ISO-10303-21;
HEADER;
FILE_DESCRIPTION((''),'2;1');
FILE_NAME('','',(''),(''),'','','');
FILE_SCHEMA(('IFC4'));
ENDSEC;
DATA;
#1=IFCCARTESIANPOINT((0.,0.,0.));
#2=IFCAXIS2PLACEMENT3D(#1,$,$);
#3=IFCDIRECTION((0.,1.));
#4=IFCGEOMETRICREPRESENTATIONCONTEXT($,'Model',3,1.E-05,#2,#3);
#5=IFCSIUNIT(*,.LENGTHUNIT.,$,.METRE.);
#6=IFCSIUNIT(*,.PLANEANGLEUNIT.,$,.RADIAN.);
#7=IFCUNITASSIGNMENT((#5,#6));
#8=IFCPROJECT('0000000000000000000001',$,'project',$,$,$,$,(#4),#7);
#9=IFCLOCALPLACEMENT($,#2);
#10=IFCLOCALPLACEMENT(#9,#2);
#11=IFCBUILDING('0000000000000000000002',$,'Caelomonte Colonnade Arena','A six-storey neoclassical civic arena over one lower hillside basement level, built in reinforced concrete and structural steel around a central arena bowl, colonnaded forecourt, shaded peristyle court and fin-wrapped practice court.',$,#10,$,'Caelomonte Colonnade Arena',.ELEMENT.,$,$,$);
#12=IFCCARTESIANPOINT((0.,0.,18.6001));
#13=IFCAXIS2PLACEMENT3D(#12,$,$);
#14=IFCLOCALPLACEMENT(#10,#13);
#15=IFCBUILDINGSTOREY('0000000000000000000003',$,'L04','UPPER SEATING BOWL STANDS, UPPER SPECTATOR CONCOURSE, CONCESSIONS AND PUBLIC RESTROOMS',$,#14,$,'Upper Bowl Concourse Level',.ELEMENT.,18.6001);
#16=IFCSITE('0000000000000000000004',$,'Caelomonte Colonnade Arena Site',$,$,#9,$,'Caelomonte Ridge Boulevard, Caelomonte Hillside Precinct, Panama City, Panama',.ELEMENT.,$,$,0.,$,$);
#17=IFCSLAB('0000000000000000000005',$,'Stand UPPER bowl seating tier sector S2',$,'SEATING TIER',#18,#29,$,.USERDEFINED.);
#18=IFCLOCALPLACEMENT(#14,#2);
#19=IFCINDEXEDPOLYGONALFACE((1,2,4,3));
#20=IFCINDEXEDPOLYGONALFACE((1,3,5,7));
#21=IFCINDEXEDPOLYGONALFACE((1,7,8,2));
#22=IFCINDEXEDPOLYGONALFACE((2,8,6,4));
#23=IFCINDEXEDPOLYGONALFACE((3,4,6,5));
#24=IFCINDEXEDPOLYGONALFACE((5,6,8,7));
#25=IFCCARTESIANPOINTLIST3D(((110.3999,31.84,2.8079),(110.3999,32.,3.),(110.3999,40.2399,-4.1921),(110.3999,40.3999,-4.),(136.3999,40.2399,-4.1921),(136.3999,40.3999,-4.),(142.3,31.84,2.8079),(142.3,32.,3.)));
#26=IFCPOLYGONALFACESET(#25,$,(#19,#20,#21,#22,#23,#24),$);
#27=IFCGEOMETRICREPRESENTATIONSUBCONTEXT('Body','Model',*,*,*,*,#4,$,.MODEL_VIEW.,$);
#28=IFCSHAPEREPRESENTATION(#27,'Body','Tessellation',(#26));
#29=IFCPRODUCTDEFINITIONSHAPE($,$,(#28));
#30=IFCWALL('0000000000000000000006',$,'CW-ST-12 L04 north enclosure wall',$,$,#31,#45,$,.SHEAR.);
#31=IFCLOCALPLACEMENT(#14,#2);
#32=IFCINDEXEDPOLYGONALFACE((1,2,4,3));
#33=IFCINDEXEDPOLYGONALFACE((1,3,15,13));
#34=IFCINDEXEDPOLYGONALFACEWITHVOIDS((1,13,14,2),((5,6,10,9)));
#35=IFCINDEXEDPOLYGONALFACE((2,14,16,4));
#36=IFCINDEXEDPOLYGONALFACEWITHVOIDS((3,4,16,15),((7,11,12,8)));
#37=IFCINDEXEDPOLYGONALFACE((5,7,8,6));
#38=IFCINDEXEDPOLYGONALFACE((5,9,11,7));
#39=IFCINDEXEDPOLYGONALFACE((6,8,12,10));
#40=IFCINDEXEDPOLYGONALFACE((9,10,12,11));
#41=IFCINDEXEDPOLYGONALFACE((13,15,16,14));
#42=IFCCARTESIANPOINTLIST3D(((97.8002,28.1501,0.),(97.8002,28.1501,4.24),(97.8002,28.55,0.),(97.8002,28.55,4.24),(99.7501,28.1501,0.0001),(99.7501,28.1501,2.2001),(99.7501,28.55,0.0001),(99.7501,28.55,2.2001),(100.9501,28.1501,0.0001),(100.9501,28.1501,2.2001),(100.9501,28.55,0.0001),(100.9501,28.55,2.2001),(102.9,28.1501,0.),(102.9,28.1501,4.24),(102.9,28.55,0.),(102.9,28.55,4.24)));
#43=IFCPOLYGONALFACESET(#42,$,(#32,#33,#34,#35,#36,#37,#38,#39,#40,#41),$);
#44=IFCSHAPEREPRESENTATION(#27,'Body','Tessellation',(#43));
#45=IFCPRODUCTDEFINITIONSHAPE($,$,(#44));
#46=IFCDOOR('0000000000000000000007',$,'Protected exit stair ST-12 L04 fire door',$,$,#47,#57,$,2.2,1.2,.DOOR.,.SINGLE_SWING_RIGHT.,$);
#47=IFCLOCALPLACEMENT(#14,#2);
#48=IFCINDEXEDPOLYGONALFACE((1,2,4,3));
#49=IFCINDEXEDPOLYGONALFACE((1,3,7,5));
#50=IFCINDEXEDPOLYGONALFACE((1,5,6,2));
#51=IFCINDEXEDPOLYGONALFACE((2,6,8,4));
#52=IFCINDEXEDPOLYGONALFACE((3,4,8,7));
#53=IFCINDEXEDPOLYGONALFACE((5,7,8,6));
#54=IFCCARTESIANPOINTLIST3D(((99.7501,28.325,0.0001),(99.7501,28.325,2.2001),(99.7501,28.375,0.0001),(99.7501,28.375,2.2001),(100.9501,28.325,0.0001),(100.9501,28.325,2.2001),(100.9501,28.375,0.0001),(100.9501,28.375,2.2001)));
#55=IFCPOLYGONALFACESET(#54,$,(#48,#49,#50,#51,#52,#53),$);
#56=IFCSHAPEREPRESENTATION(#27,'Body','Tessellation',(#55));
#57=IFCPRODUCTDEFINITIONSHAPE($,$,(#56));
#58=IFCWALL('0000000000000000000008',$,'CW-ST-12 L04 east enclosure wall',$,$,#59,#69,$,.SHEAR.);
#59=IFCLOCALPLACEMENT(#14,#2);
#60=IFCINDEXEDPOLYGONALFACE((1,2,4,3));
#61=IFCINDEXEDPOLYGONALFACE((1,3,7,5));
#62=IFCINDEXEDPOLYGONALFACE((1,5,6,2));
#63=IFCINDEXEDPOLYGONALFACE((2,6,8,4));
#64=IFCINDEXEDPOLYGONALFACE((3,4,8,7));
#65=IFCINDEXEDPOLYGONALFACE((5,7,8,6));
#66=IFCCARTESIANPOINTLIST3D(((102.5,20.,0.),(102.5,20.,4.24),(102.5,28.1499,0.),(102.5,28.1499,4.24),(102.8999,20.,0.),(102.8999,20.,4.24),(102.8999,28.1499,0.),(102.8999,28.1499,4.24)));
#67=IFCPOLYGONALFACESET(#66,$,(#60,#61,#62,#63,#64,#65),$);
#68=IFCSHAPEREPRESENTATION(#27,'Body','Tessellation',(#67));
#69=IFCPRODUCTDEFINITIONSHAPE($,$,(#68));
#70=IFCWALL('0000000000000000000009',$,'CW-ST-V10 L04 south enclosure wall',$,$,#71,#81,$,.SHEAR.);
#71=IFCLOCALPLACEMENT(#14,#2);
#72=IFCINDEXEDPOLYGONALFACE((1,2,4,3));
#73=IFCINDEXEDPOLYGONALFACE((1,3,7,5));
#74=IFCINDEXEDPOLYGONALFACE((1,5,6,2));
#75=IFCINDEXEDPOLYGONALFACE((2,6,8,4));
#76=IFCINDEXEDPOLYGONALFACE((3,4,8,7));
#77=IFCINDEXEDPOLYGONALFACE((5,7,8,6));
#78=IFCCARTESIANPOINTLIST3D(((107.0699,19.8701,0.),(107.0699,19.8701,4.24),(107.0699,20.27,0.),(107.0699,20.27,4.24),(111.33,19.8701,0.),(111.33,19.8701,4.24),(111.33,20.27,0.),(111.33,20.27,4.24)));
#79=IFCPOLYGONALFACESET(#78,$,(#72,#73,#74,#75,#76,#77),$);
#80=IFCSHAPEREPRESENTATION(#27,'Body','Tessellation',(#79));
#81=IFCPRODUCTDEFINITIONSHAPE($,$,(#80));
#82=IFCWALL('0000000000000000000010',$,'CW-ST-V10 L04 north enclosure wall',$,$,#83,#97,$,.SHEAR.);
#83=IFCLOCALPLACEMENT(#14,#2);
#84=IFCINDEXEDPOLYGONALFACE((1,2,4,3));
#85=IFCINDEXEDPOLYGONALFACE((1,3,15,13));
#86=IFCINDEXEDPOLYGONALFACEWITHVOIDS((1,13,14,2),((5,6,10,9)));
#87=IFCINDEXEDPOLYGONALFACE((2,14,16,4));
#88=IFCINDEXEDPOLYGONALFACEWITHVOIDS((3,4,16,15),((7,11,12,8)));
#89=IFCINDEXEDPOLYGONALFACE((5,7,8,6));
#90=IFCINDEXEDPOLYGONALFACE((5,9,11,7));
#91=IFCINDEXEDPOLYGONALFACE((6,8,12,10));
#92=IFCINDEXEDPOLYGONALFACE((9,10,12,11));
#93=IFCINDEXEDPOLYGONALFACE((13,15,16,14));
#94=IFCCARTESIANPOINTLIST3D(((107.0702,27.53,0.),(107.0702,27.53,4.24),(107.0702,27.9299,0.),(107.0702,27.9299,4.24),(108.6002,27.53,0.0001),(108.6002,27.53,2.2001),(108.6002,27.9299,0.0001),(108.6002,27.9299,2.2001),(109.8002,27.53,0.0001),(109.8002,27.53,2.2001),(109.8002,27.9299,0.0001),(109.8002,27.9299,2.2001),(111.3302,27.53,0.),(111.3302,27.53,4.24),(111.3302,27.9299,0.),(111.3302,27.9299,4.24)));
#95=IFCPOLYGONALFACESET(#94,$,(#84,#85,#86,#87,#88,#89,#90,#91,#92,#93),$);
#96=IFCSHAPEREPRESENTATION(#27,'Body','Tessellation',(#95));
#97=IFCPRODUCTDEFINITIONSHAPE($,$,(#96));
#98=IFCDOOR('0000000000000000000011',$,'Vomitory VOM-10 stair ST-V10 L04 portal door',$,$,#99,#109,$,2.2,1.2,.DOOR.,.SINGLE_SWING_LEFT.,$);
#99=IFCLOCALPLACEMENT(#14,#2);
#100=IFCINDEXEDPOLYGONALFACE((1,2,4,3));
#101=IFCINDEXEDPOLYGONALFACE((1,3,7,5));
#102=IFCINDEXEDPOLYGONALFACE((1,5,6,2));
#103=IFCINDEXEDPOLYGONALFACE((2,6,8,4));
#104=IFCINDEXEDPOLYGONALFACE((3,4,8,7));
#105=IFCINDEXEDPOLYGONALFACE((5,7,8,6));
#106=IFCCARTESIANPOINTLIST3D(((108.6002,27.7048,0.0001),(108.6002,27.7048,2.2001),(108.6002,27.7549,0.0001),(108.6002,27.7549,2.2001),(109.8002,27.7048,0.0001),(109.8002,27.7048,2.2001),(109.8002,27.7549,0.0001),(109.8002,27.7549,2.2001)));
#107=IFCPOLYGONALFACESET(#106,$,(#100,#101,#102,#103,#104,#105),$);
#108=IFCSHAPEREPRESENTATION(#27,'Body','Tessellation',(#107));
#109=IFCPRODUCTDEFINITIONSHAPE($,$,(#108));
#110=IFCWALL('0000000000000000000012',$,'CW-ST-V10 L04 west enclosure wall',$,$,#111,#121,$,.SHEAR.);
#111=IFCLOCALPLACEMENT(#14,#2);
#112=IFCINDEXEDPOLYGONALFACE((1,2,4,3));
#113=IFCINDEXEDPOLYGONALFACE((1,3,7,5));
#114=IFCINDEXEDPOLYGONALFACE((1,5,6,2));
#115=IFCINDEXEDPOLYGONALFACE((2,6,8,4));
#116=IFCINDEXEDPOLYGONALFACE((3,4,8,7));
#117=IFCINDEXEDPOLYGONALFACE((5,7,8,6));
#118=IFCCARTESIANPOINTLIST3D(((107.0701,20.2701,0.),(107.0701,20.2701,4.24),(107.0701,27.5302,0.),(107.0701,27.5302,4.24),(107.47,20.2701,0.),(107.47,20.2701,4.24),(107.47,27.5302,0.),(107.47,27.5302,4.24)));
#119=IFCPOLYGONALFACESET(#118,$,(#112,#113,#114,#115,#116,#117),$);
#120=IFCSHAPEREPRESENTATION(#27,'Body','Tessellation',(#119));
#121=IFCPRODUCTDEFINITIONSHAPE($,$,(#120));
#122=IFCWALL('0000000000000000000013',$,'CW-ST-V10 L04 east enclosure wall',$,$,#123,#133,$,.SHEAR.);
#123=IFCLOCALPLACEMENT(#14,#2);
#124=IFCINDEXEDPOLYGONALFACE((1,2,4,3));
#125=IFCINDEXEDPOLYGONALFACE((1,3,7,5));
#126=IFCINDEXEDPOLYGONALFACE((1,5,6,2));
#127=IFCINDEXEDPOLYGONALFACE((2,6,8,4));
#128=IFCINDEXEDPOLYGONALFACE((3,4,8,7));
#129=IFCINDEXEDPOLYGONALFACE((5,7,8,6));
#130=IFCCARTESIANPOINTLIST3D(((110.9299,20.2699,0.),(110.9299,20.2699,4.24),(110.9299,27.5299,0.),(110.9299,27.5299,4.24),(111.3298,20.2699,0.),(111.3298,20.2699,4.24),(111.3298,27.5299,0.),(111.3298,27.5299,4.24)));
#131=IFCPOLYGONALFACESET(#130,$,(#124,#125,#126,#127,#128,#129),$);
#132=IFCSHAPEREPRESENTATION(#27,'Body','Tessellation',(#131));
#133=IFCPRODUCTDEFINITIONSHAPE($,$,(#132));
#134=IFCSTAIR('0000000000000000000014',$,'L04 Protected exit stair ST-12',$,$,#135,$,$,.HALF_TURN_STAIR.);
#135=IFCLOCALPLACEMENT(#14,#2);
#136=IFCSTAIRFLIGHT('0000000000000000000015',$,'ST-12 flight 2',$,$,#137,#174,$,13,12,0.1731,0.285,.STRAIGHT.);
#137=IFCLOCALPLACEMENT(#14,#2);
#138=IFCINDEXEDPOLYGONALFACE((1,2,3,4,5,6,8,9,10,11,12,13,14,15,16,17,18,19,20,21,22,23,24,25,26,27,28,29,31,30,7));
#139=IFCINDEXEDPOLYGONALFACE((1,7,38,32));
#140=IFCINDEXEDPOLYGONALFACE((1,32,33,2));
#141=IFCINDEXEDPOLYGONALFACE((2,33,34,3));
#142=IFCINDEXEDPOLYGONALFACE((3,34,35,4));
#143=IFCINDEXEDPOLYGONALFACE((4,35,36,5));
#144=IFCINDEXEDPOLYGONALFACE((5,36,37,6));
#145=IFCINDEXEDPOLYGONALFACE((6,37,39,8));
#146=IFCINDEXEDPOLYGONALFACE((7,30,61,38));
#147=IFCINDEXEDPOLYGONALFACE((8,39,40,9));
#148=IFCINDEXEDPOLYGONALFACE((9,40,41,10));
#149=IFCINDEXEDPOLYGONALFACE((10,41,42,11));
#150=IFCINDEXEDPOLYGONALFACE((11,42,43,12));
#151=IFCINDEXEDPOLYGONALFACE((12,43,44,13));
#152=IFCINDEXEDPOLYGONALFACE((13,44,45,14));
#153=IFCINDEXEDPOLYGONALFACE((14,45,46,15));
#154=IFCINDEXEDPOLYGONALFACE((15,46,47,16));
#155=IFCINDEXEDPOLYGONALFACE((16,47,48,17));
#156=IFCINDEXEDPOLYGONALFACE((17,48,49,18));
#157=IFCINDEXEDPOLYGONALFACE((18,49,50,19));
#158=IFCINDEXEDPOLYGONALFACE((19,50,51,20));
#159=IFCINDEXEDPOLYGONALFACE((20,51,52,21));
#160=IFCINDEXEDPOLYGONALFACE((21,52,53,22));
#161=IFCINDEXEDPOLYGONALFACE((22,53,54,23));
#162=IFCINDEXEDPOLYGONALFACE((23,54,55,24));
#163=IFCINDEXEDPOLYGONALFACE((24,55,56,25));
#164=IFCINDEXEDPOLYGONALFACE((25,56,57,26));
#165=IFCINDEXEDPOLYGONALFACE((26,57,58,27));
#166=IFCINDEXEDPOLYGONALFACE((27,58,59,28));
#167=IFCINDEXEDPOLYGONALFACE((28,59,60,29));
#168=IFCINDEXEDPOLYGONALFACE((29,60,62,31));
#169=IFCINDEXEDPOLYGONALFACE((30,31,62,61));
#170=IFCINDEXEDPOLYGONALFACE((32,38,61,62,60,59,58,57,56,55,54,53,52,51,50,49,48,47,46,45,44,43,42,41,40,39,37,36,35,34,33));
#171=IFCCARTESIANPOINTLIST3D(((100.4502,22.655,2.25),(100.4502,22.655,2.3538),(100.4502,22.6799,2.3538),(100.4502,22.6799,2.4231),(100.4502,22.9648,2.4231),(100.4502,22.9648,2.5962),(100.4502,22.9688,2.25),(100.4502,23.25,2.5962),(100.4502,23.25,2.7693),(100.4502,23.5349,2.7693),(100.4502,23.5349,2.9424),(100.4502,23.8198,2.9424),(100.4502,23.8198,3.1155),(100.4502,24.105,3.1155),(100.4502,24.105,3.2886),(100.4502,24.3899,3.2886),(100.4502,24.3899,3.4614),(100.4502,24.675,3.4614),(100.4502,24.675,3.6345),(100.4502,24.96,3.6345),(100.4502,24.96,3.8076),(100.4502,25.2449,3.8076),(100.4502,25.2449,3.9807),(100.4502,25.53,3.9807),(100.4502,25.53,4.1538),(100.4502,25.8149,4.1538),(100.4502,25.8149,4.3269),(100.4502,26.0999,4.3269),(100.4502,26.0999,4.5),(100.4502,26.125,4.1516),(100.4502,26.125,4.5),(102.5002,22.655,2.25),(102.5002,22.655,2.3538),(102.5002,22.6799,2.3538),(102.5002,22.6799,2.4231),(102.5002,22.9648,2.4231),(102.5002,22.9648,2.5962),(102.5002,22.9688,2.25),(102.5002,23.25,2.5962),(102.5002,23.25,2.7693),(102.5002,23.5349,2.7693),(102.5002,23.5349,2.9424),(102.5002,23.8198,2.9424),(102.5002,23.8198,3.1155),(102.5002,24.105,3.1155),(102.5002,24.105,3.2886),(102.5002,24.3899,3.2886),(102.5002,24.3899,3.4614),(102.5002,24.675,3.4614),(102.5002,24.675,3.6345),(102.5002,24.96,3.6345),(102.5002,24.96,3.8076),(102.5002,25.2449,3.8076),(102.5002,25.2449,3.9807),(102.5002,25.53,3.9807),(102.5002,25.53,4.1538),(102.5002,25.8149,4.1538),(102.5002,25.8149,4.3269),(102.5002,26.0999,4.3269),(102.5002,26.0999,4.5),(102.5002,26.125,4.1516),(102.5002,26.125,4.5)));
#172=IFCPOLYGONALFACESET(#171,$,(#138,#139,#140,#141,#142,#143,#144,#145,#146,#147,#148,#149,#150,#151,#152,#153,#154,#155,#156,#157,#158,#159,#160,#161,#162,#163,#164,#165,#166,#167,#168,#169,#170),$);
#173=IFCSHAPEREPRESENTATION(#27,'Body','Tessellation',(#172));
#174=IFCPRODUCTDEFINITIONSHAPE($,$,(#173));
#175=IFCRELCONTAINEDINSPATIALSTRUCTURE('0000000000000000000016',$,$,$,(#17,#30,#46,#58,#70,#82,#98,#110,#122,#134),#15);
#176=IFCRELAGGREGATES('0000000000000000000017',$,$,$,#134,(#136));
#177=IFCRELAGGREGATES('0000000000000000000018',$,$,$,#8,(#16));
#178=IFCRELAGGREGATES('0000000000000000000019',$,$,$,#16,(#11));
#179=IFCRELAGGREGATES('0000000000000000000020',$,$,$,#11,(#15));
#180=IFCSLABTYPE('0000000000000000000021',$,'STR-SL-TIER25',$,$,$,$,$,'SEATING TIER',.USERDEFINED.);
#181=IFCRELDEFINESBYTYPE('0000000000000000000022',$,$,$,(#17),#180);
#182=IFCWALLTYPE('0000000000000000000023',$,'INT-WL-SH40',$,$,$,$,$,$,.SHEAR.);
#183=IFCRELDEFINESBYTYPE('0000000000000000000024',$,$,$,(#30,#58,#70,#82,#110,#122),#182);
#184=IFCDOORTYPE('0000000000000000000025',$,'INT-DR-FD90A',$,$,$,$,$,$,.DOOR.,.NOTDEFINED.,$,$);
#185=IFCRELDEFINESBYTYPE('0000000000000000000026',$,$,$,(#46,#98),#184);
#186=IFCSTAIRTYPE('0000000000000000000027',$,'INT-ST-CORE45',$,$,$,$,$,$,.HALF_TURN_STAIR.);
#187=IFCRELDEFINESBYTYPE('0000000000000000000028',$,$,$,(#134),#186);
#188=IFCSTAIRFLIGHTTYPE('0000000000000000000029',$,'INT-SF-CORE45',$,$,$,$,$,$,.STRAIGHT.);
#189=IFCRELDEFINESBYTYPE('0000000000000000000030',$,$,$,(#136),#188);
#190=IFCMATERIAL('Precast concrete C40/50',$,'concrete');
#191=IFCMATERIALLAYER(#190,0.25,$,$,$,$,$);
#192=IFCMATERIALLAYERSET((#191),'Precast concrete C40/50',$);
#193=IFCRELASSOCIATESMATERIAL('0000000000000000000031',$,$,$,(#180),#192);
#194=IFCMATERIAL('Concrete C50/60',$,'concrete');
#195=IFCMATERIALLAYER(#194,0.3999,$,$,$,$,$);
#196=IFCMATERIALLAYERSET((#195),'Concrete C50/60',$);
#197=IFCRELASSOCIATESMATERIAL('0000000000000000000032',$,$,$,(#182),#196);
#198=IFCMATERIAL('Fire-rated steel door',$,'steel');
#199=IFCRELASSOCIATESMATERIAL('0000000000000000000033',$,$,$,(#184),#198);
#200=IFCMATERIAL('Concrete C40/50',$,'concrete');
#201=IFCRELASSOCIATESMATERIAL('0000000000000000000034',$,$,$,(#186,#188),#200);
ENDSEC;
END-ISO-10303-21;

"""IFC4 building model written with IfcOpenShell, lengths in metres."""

from ifc_helpers import new_model, si_unit, direction, frame, frame_2d, origin, place, context, subcontext, project, spatial, polyline, rectangle, outline, extrude, material, layer, layer_set, type_object, element, fill, aggregate, save


model = new_model("IFC4")

# Units and contexts
model_context = context("Model", 3, precision=1e-05, world=origin(), true_north=direction((0.0, 1.0)))
body_context = subcontext(model_context, "Body", "Model", "MODEL_VIEW")
ifc_project = project(units=[si_unit("LENGTHUNIT", "METRE"), si_unit("PLANEANGLEUNIT", "RADIAN")], contexts=[model_context])

# Site, building, storey
site_placement = place(None, origin())
site = spatial("IfcSite", under=ifc_project, at=site_placement, Name="Caelomonte Colonnade Arena Site", LongName="Caelomonte Ridge Boulevard, Caelomonte Hillside Precinct, Panama City, Panama", CompositionType="ELEMENT", RefElevation=0.0)
building_placement = place(site_placement, origin())
building = spatial("IfcBuilding", under=site, at=building_placement, Name="Caelomonte Colonnade Arena", Description="A six-storey neoclassical civic arena over one lower hillside basement level, built in reinforced concrete and structural steel around a central arena bowl, colonnaded forecourt, shaded peristyle court and fin-wrapped practice court.", LongName="Caelomonte Colonnade Arena", CompositionType="ELEMENT")
storey_placement = place(building_placement, frame((0.0, 0.0, 18.6001)))
storey = spatial("IfcBuildingStorey", under=building, at=storey_placement, Name="L04", Description="UPPER SEATING BOWL STANDS, UPPER SPECTATOR CONCOURSE, CONCESSIONS AND PUBLIC RESTROOMS", LongName="Upper Bowl Concourse Level", CompositionType="ELEMENT", Elevation=18.6001)

# Shared definitions
ifc_material_1 = material(Name="Concrete C40/50", Category="concrete")

# Slab
ifc_material_2 = material(Name="Precast concrete C40/50", Category="concrete")
ifc_layer_1 = layer(ifc_material_2, 0.25)
ifc_layer_set_1 = layer_set([ifc_layer_1], Name="Precast concrete C40/50")
slab_type = type_object("IfcSlabType", Name="STR-SL-TIER25", ElementType="SEATING TIER", PredefinedType="USERDEFINED", material=ifc_layer_set_1)
slab_placement = place(storey_placement, frame((110.3999, 40.3999, -4.0), z_axis=(0.0, 0.640189, 0.768218), x_axis=(1.0, 0.0, 0.0)))
element("IfcSlab", 1, at=slab_placement, inside=storey, type_object=slab_type, Name="Stand UPPER bowl seating tier sector S2", ObjectType="SEATING TIER", PredefinedType="USERDEFINED", context=body_context, shape_type="SweptSolid", body=[
    extrude(outline(polyline([(0.0, 0.0), (26.0, 0.0), (31.9001, -10.9343), (0.0, -10.9343), (0.0, 0.0)])), origin(), (0.0, 0.0, -1.0), 0.25),
])

# Wall, opening, door
ifc_material_3 = material(Name="Concrete C50/60", Category="concrete")
ifc_layer_2 = layer(ifc_material_3, 0.3999)
ifc_layer_set_2 = layer_set([ifc_layer_2], Name="Concrete C50/60")
wall_type = type_object("IfcWallType", Name="INT-WL-SH40", PredefinedType="SHEAR", material=ifc_layer_set_2)
wall_1_placement = place(storey_placement, frame((102.8999, 28.3501, 0.0), z_axis=(0.0, 0.0, 1.0), x_axis=(-1.0, 0.0, 0.0)))
wall_1 = element("IfcWall", 2, at=wall_1_placement, inside=storey, type_object=wall_type, Name="CW-ST-12 L04 north enclosure wall", PredefinedType="SHEAR", context=body_context, shape_type="SweptSolid", body=[
    extrude(rectangle(XDim=5.0999, YDim=0.3999, at=frame_2d((2.5498, 0.0))), origin(), (0.0, 0.0, 1.0), 4.24),
])
opening_1_placement = place(wall_1_placement, frame((3.1499, 0.0, 0.0), z_axis=(0.0, 0.0, 1.0), x_axis=(-1.0, 0.0, 0.0)))
opening_1 = element("IfcOpeningElement", 3, at=opening_1_placement, cuts=wall_1, PredefinedType="OPENING", context=body_context, shape_type="SweptSolid", body=[
    extrude(rectangle(XDim=1.2, YDim=2.2, at=frame_2d((0.6001, 1.1001))), frame((0.0, 0.21, 0.0), z_axis=(0.0, -1.0, 0.0), x_axis=(1.0, 0.0, 0.0)), (0.0, 0.0, 1.0), 0.4199),
])
ifc_material_4 = material(Name="Fire-rated steel door", Category="steel")
door_type = type_object("IfcDoorType", Name="INT-DR-FD90A", OperationType="NOTDEFINED", PredefinedType="DOOR", material=ifc_material_4)
door_1_placement = place(opening_1_placement, origin())
door_1 = element("IfcDoor", 4, at=door_1_placement, inside=storey, type_object=door_type, Name="Protected exit stair ST-12 L04 fire door", OperationType="SINGLE_SWING_RIGHT", OverallHeight=2.2, OverallWidth=1.2, PredefinedType="DOOR", context=body_context, shape_type="SweptSolid", body=[
    extrude(rectangle(XDim=1.2, YDim=2.2, at=frame_2d((0.6001, 1.1001))), frame((0.0, 0.0249, 0.0), z_axis=(0.0, -1.0, 0.0), x_axis=(1.0, 0.0, 0.0)), (0.0, 0.0, 1.0), 0.05),
])
fill(opening_1, door_1)

# Walls
wall_2_placement = place(storey_placement, frame((102.7, 20.0, 0.0), z_axis=(0.0, 0.0, 1.0), x_axis=(0.0, 1.0, 0.0)))
element("IfcWall", 5, at=wall_2_placement, inside=storey, type_object=wall_type, Name="CW-ST-12 L04 east enclosure wall", PredefinedType="SHEAR", context=body_context, shape_type="SweptSolid", body=[
    extrude(rectangle(XDim=8.1499, YDim=0.3999, at=frame_2d((4.075, 0.0))), origin(), (0.0, 0.0, 1.0), 4.24),
])
wall_3_placement = place(storey_placement, frame((107.0701, 20.0701, 0.0), z_axis=(0.0, 0.0, 1.0), x_axis=(1.0, 0.0, 0.0)))
element("IfcWall", 6, at=wall_3_placement, inside=storey, type_object=wall_type, Name="CW-ST-V10 L04 south enclosure wall", PredefinedType="SHEAR", context=body_context, shape_type="SweptSolid", body=[
    extrude(rectangle(XDim=4.26, YDim=0.3999, at=frame_2d((2.1299, 0.0))), origin(), (0.0, 0.0, 1.0), 4.24),
])

# Wall, opening, door
wall_4_placement = place(storey_placement, frame((111.3301, 27.73, 0.0), z_axis=(0.0, 0.0, 1.0), x_axis=(-1.0, 0.0, 0.0)))
wall_4 = element("IfcWall", 7, at=wall_4_placement, inside=storey, type_object=wall_type, Name="CW-ST-V10 L04 north enclosure wall", PredefinedType="SHEAR", context=body_context, shape_type="SweptSolid", body=[
    extrude(rectangle(XDim=4.26, YDim=0.3999, at=frame_2d((2.1299, 0.0))), origin(), (0.0, 0.0, 1.0), 4.24),
])
opening_2_placement = place(wall_4_placement, frame((2.73, 0.0, 0.0), z_axis=(0.0, 0.0, 1.0), x_axis=(-1.0, 0.0, 0.0)))
opening_2 = element("IfcOpeningElement", 8, at=opening_2_placement, cuts=wall_4, PredefinedType="OPENING", context=body_context, shape_type="SweptSolid", body=[
    extrude(rectangle(XDim=1.2, YDim=2.2, at=frame_2d((0.6001, 1.1001))), frame((0.0, 0.21, 0.0), z_axis=(0.0, -1.0, 0.0), x_axis=(1.0, 0.0, 0.0)), (0.0, 0.0, 1.0), 0.4199),
])
door_2_placement = place(opening_2_placement, origin())
door_2 = element("IfcDoor", 9, at=door_2_placement, inside=storey, type_object=door_type, Name="Vomitory VOM-10 stair ST-V10 L04 portal door", OperationType="SINGLE_SWING_LEFT", OverallHeight=2.2, OverallWidth=1.2, PredefinedType="DOOR", context=body_context, shape_type="SweptSolid", body=[
    extrude(rectangle(XDim=1.2, YDim=2.2, at=frame_2d((0.6001, 1.1001))), frame((0.0, 0.0249, 0.0), z_axis=(0.0, -1.0, 0.0), x_axis=(1.0, 0.0, 0.0)), (0.0, 0.0, 1.0), 0.05),
])
fill(opening_2, door_2)

# Walls
for number, where, z_axis, x_axis, name in (
    (10, (107.27, 27.53, 0.0), (0.0, 0.0, 1.0), (0.0, -1.0, 0.0), "CW-ST-V10 L04 west enclosure wall"),
    (11, (111.1299, 20.27, 0.0), (0.0, 0.0, 1.0), (0.0, 1.0, 0.0), "CW-ST-V10 L04 east enclosure wall"),
):
    element("IfcWall", number, at=place(storey_placement, frame(where, z_axis=z_axis, x_axis=x_axis)), inside=storey, type_object=wall_type, Name=name, PredefinedType="SHEAR", context=body_context, shape_type="SweptSolid", body=[
        extrude(rectangle(XDim=7.26, YDim=0.3999, at=frame_2d((3.6299, 0.0))), origin(), (0.0, 0.0, 1.0), 4.24),
    ])

# Stair, stair flight
stair_type = type_object("IfcStairType", Name="INT-ST-CORE45", PredefinedType="HALF_TURN_STAIR", material=ifc_material_1)
stair_placement = place(storey_placement, origin())
stair = element("IfcStair", 12, at=stair_placement, inside=storey, type_object=stair_type, Name="L04 Protected exit stair ST-12", PredefinedType="HALF_TURN_STAIR")
stair_flight_type = type_object("IfcStairFlightType", Name="INT-SF-CORE45", PredefinedType="STRAIGHT", material=ifc_material_1)
stair_flight_placement = place(storey_placement, frame((101.4751, 22.6799, 2.25), z_axis=(0.0, 0.0, 1.0), x_axis=(0.0, 1.0, 0.0)))
stair_flight = element("IfcStairFlight", 13, at=stair_flight_placement, type_object=stair_flight_type, Name="ST-12 flight 2", NumberOfRisers=13, NumberOfTreads=12, PredefinedType="STRAIGHT", RiserHeight=0.1731, TreadLength=0.285, context=body_context, shape_type="SweptSolid", body=[
    extrude(outline(polyline([(-0.0249, 0.0), (-0.0249, 0.1038), (0.0, 0.1038), (0.0, 0.1731), (0.2849, 0.1731), (0.2849, 0.3462), (0.5701, 0.3462), (0.5701, 0.5193), (0.855, 0.5193), (0.855, 0.6924), (1.1399, 0.6924), (1.1399, 0.8655), (1.425, 0.8655), (1.425, 1.0386), (1.71, 1.0386), (1.71, 1.2114), (1.9951, 1.2114), (1.9951, 1.3845), (2.28, 1.3845), (2.28, 1.5576), (2.5649, 1.5576), (2.5649, 1.7307), (2.8501, 1.7307), (2.8501, 1.9038), (3.135, 1.9038), (3.135, 2.0769), (3.4199, 2.0769), (3.4199, 2.25), (3.4451, 2.25), (3.4451, 1.9016), (0.2888, 0.0), (-0.0249, 0.0)])), frame((0.0, 1.0249, 0.0), z_axis=(0.0, -1.0, 0.0), x_axis=(1.0, 0.0, 0.0)), (0.0, 0.0, 1.0), 2.05),
])
aggregate(stair, [stair_flight])

save(model, "model.ifc")
